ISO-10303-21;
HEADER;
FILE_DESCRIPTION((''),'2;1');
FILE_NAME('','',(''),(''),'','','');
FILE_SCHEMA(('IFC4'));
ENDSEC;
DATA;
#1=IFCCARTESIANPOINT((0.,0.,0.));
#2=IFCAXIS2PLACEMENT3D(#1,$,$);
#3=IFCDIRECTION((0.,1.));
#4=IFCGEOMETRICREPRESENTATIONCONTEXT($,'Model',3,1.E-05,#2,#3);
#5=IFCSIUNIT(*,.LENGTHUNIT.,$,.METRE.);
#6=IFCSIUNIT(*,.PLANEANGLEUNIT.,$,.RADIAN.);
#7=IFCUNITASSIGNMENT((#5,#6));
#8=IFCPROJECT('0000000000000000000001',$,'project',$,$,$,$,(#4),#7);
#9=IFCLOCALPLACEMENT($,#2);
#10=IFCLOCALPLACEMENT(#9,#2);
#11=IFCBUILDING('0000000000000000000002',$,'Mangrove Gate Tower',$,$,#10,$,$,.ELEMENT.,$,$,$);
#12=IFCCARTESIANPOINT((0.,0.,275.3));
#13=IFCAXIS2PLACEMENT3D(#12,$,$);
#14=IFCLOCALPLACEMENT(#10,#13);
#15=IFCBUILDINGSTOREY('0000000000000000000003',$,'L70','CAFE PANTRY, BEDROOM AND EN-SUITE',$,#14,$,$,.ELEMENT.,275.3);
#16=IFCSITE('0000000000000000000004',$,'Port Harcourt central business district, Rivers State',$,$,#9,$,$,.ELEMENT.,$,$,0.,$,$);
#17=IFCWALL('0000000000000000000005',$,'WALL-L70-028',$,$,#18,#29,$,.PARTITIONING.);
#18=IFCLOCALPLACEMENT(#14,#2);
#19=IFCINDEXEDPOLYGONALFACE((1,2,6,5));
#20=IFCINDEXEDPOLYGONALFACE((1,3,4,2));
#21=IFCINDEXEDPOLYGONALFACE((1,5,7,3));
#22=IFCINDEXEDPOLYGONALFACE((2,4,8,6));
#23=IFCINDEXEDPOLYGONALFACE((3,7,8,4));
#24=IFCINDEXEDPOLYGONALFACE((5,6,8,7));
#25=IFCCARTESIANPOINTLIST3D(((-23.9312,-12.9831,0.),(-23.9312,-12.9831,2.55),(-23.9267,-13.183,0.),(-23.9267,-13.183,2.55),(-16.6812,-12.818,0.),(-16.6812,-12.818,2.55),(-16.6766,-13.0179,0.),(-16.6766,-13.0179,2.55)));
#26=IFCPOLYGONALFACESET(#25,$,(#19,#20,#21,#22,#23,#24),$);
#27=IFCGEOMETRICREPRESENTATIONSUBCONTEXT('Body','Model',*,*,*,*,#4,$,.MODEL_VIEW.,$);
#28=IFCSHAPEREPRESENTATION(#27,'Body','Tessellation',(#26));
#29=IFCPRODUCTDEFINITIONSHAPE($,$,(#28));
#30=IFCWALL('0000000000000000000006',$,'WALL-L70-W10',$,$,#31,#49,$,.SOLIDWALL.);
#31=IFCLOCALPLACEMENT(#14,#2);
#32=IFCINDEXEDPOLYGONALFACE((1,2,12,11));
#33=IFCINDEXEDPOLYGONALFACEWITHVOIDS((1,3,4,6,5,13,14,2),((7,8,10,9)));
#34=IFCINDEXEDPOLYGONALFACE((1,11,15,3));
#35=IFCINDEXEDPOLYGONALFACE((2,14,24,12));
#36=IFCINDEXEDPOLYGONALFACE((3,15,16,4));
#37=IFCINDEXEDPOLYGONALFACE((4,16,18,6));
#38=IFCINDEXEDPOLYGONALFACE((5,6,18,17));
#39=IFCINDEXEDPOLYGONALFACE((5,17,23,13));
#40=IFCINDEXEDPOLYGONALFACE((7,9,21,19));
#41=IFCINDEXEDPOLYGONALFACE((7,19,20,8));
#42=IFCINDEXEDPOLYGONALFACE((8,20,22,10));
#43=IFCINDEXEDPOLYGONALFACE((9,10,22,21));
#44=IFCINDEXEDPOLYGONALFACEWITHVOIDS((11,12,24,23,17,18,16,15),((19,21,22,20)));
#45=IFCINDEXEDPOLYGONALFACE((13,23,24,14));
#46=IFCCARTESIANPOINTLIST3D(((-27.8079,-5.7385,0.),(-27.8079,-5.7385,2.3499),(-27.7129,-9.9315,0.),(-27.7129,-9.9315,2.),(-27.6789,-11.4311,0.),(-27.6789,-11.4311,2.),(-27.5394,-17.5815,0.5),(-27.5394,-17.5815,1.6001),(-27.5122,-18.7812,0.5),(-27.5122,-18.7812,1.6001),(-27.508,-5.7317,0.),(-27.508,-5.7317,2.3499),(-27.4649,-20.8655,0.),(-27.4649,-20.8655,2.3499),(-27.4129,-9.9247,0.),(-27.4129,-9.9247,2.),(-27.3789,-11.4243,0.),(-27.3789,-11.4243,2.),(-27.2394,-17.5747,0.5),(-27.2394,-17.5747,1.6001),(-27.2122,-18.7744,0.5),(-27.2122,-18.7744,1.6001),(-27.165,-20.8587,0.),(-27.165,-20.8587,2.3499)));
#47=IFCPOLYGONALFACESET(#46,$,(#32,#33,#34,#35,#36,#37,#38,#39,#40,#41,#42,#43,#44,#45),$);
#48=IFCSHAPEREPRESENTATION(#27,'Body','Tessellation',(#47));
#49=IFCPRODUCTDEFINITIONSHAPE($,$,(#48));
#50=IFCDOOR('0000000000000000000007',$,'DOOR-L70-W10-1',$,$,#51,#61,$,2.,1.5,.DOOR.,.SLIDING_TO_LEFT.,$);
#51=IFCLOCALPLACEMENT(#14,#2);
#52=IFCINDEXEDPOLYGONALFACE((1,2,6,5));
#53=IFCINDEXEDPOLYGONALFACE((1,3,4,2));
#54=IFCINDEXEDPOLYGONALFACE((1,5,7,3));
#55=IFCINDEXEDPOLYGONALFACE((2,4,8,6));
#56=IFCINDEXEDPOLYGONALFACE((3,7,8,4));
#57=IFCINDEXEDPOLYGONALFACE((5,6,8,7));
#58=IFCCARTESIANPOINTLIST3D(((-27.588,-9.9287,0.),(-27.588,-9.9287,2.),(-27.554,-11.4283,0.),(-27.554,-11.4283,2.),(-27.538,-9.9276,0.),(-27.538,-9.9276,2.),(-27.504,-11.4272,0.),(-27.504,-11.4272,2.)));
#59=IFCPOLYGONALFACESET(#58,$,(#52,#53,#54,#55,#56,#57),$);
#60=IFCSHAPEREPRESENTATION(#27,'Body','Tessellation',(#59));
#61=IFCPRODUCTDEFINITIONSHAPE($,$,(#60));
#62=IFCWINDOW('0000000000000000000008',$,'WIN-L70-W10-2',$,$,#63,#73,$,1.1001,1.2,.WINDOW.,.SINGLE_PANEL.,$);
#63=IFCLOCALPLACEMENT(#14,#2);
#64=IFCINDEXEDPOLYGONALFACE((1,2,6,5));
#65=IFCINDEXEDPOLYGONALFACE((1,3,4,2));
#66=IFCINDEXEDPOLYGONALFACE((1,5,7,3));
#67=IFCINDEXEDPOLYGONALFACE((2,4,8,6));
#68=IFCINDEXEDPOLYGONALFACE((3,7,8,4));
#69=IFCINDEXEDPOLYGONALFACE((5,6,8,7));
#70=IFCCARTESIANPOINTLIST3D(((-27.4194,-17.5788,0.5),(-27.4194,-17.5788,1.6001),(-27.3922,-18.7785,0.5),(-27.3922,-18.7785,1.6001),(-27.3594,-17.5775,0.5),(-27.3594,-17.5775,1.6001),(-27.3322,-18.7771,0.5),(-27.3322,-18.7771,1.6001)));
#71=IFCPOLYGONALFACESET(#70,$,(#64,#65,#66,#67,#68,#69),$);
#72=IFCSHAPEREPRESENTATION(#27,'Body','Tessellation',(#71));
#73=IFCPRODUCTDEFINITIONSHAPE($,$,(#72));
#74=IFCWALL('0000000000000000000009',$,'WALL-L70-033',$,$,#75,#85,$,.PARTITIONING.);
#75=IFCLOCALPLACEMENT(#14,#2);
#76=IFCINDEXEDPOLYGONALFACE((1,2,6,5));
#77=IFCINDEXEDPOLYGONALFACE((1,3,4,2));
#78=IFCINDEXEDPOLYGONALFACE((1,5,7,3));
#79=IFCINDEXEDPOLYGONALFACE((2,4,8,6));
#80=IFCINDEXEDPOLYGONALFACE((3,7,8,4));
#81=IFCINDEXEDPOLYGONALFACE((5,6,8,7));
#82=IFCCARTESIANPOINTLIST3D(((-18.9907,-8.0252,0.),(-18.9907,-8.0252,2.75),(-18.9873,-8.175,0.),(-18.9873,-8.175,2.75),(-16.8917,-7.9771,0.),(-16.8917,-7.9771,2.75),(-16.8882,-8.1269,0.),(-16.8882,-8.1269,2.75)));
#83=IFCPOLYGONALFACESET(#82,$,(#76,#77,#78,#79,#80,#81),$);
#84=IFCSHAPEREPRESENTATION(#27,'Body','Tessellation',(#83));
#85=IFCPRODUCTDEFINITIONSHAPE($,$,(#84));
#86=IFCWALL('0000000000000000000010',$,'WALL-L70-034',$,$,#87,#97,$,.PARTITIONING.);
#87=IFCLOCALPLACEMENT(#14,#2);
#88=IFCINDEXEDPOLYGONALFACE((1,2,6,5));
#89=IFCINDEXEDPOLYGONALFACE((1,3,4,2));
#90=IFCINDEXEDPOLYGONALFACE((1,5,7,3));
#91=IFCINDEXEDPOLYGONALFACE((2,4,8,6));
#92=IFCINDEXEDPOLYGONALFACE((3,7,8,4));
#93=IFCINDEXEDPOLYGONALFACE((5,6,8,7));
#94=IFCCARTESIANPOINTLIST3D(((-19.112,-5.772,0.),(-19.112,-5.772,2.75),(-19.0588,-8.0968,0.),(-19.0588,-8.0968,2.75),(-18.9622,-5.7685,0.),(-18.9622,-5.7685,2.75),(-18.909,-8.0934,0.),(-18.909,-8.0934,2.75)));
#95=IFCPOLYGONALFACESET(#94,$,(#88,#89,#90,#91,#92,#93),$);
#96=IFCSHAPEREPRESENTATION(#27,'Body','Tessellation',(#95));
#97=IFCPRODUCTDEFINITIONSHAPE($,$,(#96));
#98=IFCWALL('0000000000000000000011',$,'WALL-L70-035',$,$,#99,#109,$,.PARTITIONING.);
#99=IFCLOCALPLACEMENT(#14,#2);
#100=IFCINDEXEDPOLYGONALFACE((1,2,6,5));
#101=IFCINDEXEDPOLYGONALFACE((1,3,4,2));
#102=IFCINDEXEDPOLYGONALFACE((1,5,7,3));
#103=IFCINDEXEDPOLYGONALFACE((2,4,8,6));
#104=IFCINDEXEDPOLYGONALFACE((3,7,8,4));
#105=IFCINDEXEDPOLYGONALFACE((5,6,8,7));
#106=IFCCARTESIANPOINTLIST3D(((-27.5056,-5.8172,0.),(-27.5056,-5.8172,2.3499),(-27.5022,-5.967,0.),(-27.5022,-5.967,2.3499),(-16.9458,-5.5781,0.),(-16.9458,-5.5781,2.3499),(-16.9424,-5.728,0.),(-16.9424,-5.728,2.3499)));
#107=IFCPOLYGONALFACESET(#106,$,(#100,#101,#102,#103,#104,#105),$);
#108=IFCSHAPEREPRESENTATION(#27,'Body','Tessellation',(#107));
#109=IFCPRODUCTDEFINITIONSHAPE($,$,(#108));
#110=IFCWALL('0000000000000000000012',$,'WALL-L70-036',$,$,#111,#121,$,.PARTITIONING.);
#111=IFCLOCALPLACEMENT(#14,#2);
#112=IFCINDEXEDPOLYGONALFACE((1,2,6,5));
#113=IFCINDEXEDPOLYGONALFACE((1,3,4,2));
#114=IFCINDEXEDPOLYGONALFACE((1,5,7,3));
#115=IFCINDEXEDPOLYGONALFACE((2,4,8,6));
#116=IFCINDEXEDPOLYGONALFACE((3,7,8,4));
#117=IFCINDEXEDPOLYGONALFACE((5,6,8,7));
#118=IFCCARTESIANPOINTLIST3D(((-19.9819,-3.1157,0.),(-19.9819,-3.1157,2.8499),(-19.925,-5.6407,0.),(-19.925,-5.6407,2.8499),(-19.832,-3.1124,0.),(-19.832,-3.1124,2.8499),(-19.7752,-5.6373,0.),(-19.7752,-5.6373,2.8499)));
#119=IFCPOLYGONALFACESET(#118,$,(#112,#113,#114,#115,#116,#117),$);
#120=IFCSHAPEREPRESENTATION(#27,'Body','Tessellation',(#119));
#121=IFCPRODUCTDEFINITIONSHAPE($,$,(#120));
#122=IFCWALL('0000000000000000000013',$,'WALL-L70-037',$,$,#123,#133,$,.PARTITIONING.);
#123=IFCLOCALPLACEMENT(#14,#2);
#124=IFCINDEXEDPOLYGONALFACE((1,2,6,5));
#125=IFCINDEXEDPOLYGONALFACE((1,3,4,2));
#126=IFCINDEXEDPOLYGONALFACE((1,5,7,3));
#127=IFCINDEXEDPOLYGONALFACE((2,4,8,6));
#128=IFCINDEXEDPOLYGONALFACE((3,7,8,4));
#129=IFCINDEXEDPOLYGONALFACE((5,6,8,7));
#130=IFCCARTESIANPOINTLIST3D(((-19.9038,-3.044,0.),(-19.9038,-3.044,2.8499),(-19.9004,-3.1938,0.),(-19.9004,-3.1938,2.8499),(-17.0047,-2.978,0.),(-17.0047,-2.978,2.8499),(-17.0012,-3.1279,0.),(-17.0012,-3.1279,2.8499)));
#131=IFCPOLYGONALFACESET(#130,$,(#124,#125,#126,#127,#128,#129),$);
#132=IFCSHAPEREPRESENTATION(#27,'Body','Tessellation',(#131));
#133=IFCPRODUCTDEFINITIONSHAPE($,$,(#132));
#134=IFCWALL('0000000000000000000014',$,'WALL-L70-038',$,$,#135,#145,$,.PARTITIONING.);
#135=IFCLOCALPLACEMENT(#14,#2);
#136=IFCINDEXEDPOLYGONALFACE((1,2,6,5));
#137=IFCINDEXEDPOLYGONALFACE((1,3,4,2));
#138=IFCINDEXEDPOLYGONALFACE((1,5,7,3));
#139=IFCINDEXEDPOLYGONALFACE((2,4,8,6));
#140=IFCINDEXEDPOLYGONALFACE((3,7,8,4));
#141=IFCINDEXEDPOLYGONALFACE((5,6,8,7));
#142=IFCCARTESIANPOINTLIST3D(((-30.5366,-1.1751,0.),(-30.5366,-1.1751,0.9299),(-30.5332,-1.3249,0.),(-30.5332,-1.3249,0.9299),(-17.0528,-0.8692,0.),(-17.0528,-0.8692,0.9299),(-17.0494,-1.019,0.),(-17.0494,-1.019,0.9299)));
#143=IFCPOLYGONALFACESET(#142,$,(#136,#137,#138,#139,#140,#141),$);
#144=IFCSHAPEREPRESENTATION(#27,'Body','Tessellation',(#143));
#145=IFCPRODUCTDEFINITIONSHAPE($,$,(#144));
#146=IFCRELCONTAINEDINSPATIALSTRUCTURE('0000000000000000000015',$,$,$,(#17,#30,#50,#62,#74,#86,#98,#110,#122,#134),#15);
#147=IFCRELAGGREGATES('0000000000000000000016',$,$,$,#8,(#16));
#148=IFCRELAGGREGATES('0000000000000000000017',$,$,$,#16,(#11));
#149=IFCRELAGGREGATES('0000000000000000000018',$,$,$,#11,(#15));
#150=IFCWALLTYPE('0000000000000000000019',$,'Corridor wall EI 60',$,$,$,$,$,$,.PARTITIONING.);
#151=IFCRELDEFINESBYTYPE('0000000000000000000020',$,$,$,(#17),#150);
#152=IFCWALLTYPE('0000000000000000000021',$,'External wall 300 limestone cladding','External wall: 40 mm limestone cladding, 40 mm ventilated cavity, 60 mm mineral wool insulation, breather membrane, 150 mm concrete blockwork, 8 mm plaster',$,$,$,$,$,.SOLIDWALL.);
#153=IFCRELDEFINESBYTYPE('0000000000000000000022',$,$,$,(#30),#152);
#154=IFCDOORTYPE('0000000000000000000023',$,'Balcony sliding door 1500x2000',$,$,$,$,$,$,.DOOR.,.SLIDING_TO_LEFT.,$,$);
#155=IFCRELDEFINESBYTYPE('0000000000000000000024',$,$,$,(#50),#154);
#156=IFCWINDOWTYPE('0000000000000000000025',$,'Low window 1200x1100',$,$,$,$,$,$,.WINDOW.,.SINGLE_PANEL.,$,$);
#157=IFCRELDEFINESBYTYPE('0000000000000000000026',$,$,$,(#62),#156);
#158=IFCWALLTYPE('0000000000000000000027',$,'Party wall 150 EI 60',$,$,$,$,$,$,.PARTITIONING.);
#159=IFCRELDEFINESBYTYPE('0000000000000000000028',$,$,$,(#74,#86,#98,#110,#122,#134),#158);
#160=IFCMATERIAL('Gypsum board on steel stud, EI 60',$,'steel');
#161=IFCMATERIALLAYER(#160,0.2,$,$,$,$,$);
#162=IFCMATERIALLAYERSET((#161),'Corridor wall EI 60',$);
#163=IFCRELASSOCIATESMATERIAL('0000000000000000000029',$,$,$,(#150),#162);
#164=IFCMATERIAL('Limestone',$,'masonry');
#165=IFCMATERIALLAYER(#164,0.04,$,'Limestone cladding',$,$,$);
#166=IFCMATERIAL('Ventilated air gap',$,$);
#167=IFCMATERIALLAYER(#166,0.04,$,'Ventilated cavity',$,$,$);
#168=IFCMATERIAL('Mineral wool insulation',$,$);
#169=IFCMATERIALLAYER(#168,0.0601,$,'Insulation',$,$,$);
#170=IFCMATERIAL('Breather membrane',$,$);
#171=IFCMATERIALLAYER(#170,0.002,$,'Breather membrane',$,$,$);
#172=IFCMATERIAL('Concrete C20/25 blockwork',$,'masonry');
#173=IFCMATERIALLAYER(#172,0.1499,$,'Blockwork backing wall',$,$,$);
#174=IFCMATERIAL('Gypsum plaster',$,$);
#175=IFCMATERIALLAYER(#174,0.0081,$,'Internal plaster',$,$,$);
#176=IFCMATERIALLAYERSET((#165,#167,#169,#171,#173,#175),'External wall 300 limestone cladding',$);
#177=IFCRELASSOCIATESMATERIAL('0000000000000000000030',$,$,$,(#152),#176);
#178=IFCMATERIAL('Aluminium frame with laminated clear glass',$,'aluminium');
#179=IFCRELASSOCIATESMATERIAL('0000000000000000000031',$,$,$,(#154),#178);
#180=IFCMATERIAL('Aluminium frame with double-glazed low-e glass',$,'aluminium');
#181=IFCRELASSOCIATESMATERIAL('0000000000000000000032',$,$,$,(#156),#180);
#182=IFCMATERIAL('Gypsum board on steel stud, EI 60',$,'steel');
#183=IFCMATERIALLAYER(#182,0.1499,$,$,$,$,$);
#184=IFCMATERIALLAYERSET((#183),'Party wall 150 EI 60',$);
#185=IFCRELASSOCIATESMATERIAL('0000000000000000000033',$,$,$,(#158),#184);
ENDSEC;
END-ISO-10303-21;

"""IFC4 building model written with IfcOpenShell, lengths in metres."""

from ifc_helpers import new_model, si_unit, direction, frame, frame_2d, origin, place, context, subcontext, project, spatial, rectangle, extrude, material, layer, layer_set, type_object, element, fill, save


model = new_model("IFC4")

# Units and contexts
model_context = context("Model", 3, precision=1e-05, world=origin(), true_north=direction((0.0, 1.0)))
body_context = subcontext(model_context, "Body", "Model", "MODEL_VIEW")
ifc_project = project(units=[si_unit("LENGTHUNIT", "METRE"), si_unit("PLANEANGLEUNIT", "RADIAN")], contexts=[model_context])

# Site, building, storey
site_placement = place(None, origin())
site = spatial("IfcSite", under=ifc_project, at=site_placement, Name="Port Harcourt central business district, Rivers State", CompositionType="ELEMENT", RefElevation=0.0)
building_placement = place(site_placement, origin())
building = spatial("IfcBuilding", under=site, at=building_placement, Name="Mangrove Gate Tower", CompositionType="ELEMENT")
storey_placement = place(building_placement, frame((0.0, 0.0, 275.3)))
storey = spatial("IfcBuildingStorey", under=building, at=storey_placement, Name="L70", Description="CAFE PANTRY, BEDROOM AND EN-SUITE", CompositionType="ELEMENT", Elevation=275.3)

# Wall
ifc_material_1 = material(Name="Gypsum board on steel stud, EI 60", Category="steel")
ifc_layer_1 = layer(ifc_material_1, 0.2)
ifc_layer_set_1 = layer_set([ifc_layer_1], Name="Corridor wall EI 60")
wall_type_1 = type_object("IfcWallType", Name="Corridor wall EI 60", PredefinedType="PARTITIONING", material=ifc_layer_set_1)
wall_1_placement = place(storey_placement, frame((-23.929, -13.083, 0.0), z_axis=(0.0, 0.0, 1.0), x_axis=(0.999741, 0.022758, 0.0)))
element("IfcWall", 1, at=wall_1_placement, inside=storey, type_object=wall_type_1, Name="WALL-L70-028", PredefinedType="PARTITIONING", context=body_context, shape_type="SweptSolid", body=[
    extrude(rectangle(XDim=7.252, YDim=0.2, at=frame_2d((3.626, 0.0))), origin(), (0.0, 0.0, 1.0), 2.55),
])

# Wall, openings, door, window
ifc_material_2 = material(Name="Limestone", Category="masonry")
ifc_layer_2 = layer(ifc_material_2, 0.04, Name="Limestone cladding")
ifc_material_3 = material(Name="Ventilated air gap")
ifc_layer_3 = layer(ifc_material_3, 0.04, Name="Ventilated cavity")
ifc_material_4 = material(Name="Mineral wool insulation")
ifc_layer_4 = layer(ifc_material_4, 0.0601, Name="Insulation")
ifc_material_5 = material(Name="Breather membrane")
ifc_layer_5 = layer(ifc_material_5, 0.002, Name="Breather membrane")
ifc_material_6 = material(Name="Concrete C20/25 blockwork", Category="masonry")
ifc_layer_6 = layer(ifc_material_6, 0.1499, Name="Blockwork backing wall")
ifc_material_7 = material(Name="Gypsum plaster")
ifc_layer_7 = layer(ifc_material_7, 0.0081, Name="Internal plaster")
ifc_layer_set_2 = layer_set([ifc_layer_2, ifc_layer_3, ifc_layer_4, ifc_layer_5, ifc_layer_6, ifc_layer_7], Name="External wall 300 limestone cladding")
wall_type_2 = type_object("IfcWallType", Name="External wall 300 limestone cladding", Description="External wall: 40 mm limestone cladding, 40 mm ventilated cavity, 60 mm mineral wool insulation, breather membrane, 150 mm concrete blockwork, 8 mm plaster", PredefinedType="SOLIDWALL", material=ifc_layer_set_2)
wall_2_placement = place(storey_placement, frame((-27.658, -5.7351, 0.0), z_axis=(0.0, 0.0, 1.0), x_axis=(0.02267, -0.999743, 0.0)))
wall_2 = element("IfcWall", 2, at=wall_2_placement, inside=storey, type_object=wall_type_2, Name="WALL-L70-W10", PredefinedType="SOLIDWALL", context=body_context, shape_type="SweptSolid", body=[
    extrude(rectangle(XDim=15.1309, YDim=0.3, at=frame_2d((7.5654, 0.0))), origin(), (0.0, 0.0, 1.0), 2.3499),
])
opening_1_placement = place(wall_2_placement, frame((4.1941, 0.0, 0.0)))
opening_1 = element("IfcOpeningElement", 3, at=opening_1_placement, cuts=wall_2, PredefinedType="OPENING", context=body_context, shape_type="SweptSolid", body=[
    extrude(rectangle(XDim=1.5, YDim=2.0, at=frame_2d((0.75, 1.0))), frame((0.0, 0.1599, 0.0), z_axis=(0.0, -1.0, 0.0), x_axis=(1.0, 0.0, 0.0)), (0.0, 0.0, 1.0), 0.3201),
])
opening_2_placement = place(wall_2_placement, frame((11.8459, 0.0, 0.5)))
opening_2 = element("IfcOpeningElement", 4, at=opening_2_placement, cuts=wall_2, PredefinedType="OPENING", context=body_context, shape_type="SweptSolid", body=[
    extrude(rectangle(XDim=1.2, YDim=1.1001, at=frame_2d((0.6001, 0.55))), frame((0.0, 0.1599, 0.0), z_axis=(0.0, -1.0, 0.0), x_axis=(1.0, 0.0, 0.0)), (0.0, 0.0, 1.0), 0.3201),
])
ifc_material_8 = material(Name="Aluminium frame with laminated clear glass", Category="aluminium")
door_type = type_object("IfcDoorType", Name="Balcony sliding door 1500x2000", OperationType="SLIDING_TO_LEFT", PredefinedType="DOOR", material=ifc_material_8)
door_placement = place(opening_1_placement, origin())
door = element("IfcDoor", 5, at=door_placement, inside=storey, type_object=door_type, Name="DOOR-L70-W10-1", OperationType="SLIDING_TO_LEFT", OverallHeight=2.0, OverallWidth=1.5, PredefinedType="DOOR", context=body_context, shape_type="SweptSolid", body=[
    extrude(rectangle(XDim=1.5, YDim=2.0, at=frame_2d((0.75, 1.0))), frame((0.0, 0.0249, 0.0), z_axis=(0.0, -1.0, 0.0), x_axis=(1.0, 0.0, 0.0)), (0.0, 0.0, 1.0), 0.05),
])
fill(opening_1, door)
ifc_material_9 = material(Name="Aluminium frame with double-glazed low-e glass", Category="aluminium")
window_type = type_object("IfcWindowType", Name="Low window 1200x1100", PartitioningType="SINGLE_PANEL", PredefinedType="WINDOW", material=ifc_material_9)
window_placement = place(opening_2_placement, origin())
window = element("IfcWindow", 6, at=window_placement, inside=storey, type_object=window_type, Name="WIN-L70-W10-2", OverallHeight=1.1001, OverallWidth=1.2, PartitioningType="SINGLE_PANEL", PredefinedType="WINDOW", context=body_context, shape_type="SweptSolid", body=[
    extrude(rectangle(XDim=1.2, YDim=1.1001, at=frame_2d((0.6001, 0.55))), frame((0.0, 0.03, 0.0), z_axis=(0.0, -1.0, 0.0), x_axis=(1.0, 0.0, 0.0)), (0.0, 0.0, 1.0), 0.0601),
])
fill(opening_2, window)

# Walls
ifc_material_10 = material(Name="Gypsum board on steel stud, EI 60", Category="steel")
ifc_layer_8 = layer(ifc_material_10, 0.1499)
ifc_layer_set_3 = layer_set([ifc_layer_8], Name="Party wall 150 EI 60")
wall_type_3 = type_object("IfcWallType", Name="Party wall 150 EI 60", PredefinedType="PARTITIONING", material=ifc_layer_set_3)
wall_3_placement = place(storey_placement, frame((-18.989, -8.1001, 0.0), z_axis=(0.0, 0.0, 1.0), x_axis=(0.999738, 0.022906, 0.0)))
element("IfcWall", 7, at=wall_3_placement, inside=storey, type_object=wall_type_3, Name="WALL-L70-033", PredefinedType="PARTITIONING", context=body_context, shape_type="SweptSolid", body=[
    extrude(rectangle(XDim=2.0996, YDim=0.1499, at=frame_2d((1.0498, 0.0))), origin(), (0.0, 0.0, 1.0), 2.75),
])
wall_4_placement = place(storey_placement, frame((-18.9839, -8.095, 0.0), z_axis=(0.0, 0.0, 1.0), x_axis=(-0.022886, 0.999738, 0.0)))
element("IfcWall", 8, at=wall_4_placement, inside=storey, type_object=wall_type_3, Name="WALL-L70-034", PredefinedType="PARTITIONING", context=body_context, shape_type="SweptSolid", body=[
    extrude(rectangle(XDim=2.3254, YDim=0.1499, at=frame_2d((1.1626, 0.0))), origin(), (0.0, 0.0, 1.0), 2.75),
])
wall_5_placement = place(storey_placement, frame((-27.5039, -5.8921, 0.0), z_axis=(0.0, 0.0, 1.0), x_axis=(0.999744, 0.022628, 0.0)))
element("IfcWall", 9, at=wall_5_placement, inside=storey, type_object=wall_type_3, Name="WALL-L70-035", PredefinedType="PARTITIONING", context=body_context, shape_type="SweptSolid", body=[
    extrude(rectangle(XDim=10.5625, YDim=0.1499, at=frame_2d((5.2812, 0.0))), origin(), (0.0, 0.0, 1.0), 2.3499),
])
wall_6_placement = place(storey_placement, frame((-19.8501, -5.6389, 0.0), z_axis=(0.0, 0.0, 1.0), x_axis=(-0.022524, 0.999746, 0.0)))
element("IfcWall", 10, at=wall_6_placement, inside=storey, type_object=wall_type_3, Name="WALL-L70-036", PredefinedType="PARTITIONING", context=body_context, shape_type="SweptSolid", body=[
    extrude(rectangle(XDim=2.5256, YDim=0.1499, at=frame_2d((1.2627, 0.0))), origin(), (0.0, 0.0, 1.0), 2.8499),
])
wall_7_placement = place(storey_placement, frame((-19.9021, -3.1189, 0.0), z_axis=(0.0, 0.0, 1.0), x_axis=(0.999742, 0.022731, 0.0)))
element("IfcWall", 11, at=wall_7_placement, inside=storey, type_object=wall_type_3, Name="WALL-L70-037", PredefinedType="PARTITIONING", context=body_context, shape_type="SweptSolid", body=[
    extrude(rectangle(XDim=2.8999, YDim=0.1499, at=frame_2d((1.45, 0.0))), origin(), (0.0, 0.0, 1.0), 2.8499),
])
wall_8_placement = place(storey_placement, frame((-30.5349, -1.25, 0.0), z_axis=(0.0, 0.0, 1.0), x_axis=(0.999743, 0.022681, 0.0)))
element("IfcWall", 12, at=wall_8_placement, inside=storey, type_object=wall_type_3, Name="WALL-L70-038", PredefinedType="PARTITIONING", context=body_context, shape_type="SweptSolid", body=[
    extrude(rectangle(XDim=13.4873, YDim=0.1499, at=frame_2d((6.7437, 0.0))), origin(), (0.0, 0.0, 1.0), 0.9299),
])

save(model, "model.ifc")
